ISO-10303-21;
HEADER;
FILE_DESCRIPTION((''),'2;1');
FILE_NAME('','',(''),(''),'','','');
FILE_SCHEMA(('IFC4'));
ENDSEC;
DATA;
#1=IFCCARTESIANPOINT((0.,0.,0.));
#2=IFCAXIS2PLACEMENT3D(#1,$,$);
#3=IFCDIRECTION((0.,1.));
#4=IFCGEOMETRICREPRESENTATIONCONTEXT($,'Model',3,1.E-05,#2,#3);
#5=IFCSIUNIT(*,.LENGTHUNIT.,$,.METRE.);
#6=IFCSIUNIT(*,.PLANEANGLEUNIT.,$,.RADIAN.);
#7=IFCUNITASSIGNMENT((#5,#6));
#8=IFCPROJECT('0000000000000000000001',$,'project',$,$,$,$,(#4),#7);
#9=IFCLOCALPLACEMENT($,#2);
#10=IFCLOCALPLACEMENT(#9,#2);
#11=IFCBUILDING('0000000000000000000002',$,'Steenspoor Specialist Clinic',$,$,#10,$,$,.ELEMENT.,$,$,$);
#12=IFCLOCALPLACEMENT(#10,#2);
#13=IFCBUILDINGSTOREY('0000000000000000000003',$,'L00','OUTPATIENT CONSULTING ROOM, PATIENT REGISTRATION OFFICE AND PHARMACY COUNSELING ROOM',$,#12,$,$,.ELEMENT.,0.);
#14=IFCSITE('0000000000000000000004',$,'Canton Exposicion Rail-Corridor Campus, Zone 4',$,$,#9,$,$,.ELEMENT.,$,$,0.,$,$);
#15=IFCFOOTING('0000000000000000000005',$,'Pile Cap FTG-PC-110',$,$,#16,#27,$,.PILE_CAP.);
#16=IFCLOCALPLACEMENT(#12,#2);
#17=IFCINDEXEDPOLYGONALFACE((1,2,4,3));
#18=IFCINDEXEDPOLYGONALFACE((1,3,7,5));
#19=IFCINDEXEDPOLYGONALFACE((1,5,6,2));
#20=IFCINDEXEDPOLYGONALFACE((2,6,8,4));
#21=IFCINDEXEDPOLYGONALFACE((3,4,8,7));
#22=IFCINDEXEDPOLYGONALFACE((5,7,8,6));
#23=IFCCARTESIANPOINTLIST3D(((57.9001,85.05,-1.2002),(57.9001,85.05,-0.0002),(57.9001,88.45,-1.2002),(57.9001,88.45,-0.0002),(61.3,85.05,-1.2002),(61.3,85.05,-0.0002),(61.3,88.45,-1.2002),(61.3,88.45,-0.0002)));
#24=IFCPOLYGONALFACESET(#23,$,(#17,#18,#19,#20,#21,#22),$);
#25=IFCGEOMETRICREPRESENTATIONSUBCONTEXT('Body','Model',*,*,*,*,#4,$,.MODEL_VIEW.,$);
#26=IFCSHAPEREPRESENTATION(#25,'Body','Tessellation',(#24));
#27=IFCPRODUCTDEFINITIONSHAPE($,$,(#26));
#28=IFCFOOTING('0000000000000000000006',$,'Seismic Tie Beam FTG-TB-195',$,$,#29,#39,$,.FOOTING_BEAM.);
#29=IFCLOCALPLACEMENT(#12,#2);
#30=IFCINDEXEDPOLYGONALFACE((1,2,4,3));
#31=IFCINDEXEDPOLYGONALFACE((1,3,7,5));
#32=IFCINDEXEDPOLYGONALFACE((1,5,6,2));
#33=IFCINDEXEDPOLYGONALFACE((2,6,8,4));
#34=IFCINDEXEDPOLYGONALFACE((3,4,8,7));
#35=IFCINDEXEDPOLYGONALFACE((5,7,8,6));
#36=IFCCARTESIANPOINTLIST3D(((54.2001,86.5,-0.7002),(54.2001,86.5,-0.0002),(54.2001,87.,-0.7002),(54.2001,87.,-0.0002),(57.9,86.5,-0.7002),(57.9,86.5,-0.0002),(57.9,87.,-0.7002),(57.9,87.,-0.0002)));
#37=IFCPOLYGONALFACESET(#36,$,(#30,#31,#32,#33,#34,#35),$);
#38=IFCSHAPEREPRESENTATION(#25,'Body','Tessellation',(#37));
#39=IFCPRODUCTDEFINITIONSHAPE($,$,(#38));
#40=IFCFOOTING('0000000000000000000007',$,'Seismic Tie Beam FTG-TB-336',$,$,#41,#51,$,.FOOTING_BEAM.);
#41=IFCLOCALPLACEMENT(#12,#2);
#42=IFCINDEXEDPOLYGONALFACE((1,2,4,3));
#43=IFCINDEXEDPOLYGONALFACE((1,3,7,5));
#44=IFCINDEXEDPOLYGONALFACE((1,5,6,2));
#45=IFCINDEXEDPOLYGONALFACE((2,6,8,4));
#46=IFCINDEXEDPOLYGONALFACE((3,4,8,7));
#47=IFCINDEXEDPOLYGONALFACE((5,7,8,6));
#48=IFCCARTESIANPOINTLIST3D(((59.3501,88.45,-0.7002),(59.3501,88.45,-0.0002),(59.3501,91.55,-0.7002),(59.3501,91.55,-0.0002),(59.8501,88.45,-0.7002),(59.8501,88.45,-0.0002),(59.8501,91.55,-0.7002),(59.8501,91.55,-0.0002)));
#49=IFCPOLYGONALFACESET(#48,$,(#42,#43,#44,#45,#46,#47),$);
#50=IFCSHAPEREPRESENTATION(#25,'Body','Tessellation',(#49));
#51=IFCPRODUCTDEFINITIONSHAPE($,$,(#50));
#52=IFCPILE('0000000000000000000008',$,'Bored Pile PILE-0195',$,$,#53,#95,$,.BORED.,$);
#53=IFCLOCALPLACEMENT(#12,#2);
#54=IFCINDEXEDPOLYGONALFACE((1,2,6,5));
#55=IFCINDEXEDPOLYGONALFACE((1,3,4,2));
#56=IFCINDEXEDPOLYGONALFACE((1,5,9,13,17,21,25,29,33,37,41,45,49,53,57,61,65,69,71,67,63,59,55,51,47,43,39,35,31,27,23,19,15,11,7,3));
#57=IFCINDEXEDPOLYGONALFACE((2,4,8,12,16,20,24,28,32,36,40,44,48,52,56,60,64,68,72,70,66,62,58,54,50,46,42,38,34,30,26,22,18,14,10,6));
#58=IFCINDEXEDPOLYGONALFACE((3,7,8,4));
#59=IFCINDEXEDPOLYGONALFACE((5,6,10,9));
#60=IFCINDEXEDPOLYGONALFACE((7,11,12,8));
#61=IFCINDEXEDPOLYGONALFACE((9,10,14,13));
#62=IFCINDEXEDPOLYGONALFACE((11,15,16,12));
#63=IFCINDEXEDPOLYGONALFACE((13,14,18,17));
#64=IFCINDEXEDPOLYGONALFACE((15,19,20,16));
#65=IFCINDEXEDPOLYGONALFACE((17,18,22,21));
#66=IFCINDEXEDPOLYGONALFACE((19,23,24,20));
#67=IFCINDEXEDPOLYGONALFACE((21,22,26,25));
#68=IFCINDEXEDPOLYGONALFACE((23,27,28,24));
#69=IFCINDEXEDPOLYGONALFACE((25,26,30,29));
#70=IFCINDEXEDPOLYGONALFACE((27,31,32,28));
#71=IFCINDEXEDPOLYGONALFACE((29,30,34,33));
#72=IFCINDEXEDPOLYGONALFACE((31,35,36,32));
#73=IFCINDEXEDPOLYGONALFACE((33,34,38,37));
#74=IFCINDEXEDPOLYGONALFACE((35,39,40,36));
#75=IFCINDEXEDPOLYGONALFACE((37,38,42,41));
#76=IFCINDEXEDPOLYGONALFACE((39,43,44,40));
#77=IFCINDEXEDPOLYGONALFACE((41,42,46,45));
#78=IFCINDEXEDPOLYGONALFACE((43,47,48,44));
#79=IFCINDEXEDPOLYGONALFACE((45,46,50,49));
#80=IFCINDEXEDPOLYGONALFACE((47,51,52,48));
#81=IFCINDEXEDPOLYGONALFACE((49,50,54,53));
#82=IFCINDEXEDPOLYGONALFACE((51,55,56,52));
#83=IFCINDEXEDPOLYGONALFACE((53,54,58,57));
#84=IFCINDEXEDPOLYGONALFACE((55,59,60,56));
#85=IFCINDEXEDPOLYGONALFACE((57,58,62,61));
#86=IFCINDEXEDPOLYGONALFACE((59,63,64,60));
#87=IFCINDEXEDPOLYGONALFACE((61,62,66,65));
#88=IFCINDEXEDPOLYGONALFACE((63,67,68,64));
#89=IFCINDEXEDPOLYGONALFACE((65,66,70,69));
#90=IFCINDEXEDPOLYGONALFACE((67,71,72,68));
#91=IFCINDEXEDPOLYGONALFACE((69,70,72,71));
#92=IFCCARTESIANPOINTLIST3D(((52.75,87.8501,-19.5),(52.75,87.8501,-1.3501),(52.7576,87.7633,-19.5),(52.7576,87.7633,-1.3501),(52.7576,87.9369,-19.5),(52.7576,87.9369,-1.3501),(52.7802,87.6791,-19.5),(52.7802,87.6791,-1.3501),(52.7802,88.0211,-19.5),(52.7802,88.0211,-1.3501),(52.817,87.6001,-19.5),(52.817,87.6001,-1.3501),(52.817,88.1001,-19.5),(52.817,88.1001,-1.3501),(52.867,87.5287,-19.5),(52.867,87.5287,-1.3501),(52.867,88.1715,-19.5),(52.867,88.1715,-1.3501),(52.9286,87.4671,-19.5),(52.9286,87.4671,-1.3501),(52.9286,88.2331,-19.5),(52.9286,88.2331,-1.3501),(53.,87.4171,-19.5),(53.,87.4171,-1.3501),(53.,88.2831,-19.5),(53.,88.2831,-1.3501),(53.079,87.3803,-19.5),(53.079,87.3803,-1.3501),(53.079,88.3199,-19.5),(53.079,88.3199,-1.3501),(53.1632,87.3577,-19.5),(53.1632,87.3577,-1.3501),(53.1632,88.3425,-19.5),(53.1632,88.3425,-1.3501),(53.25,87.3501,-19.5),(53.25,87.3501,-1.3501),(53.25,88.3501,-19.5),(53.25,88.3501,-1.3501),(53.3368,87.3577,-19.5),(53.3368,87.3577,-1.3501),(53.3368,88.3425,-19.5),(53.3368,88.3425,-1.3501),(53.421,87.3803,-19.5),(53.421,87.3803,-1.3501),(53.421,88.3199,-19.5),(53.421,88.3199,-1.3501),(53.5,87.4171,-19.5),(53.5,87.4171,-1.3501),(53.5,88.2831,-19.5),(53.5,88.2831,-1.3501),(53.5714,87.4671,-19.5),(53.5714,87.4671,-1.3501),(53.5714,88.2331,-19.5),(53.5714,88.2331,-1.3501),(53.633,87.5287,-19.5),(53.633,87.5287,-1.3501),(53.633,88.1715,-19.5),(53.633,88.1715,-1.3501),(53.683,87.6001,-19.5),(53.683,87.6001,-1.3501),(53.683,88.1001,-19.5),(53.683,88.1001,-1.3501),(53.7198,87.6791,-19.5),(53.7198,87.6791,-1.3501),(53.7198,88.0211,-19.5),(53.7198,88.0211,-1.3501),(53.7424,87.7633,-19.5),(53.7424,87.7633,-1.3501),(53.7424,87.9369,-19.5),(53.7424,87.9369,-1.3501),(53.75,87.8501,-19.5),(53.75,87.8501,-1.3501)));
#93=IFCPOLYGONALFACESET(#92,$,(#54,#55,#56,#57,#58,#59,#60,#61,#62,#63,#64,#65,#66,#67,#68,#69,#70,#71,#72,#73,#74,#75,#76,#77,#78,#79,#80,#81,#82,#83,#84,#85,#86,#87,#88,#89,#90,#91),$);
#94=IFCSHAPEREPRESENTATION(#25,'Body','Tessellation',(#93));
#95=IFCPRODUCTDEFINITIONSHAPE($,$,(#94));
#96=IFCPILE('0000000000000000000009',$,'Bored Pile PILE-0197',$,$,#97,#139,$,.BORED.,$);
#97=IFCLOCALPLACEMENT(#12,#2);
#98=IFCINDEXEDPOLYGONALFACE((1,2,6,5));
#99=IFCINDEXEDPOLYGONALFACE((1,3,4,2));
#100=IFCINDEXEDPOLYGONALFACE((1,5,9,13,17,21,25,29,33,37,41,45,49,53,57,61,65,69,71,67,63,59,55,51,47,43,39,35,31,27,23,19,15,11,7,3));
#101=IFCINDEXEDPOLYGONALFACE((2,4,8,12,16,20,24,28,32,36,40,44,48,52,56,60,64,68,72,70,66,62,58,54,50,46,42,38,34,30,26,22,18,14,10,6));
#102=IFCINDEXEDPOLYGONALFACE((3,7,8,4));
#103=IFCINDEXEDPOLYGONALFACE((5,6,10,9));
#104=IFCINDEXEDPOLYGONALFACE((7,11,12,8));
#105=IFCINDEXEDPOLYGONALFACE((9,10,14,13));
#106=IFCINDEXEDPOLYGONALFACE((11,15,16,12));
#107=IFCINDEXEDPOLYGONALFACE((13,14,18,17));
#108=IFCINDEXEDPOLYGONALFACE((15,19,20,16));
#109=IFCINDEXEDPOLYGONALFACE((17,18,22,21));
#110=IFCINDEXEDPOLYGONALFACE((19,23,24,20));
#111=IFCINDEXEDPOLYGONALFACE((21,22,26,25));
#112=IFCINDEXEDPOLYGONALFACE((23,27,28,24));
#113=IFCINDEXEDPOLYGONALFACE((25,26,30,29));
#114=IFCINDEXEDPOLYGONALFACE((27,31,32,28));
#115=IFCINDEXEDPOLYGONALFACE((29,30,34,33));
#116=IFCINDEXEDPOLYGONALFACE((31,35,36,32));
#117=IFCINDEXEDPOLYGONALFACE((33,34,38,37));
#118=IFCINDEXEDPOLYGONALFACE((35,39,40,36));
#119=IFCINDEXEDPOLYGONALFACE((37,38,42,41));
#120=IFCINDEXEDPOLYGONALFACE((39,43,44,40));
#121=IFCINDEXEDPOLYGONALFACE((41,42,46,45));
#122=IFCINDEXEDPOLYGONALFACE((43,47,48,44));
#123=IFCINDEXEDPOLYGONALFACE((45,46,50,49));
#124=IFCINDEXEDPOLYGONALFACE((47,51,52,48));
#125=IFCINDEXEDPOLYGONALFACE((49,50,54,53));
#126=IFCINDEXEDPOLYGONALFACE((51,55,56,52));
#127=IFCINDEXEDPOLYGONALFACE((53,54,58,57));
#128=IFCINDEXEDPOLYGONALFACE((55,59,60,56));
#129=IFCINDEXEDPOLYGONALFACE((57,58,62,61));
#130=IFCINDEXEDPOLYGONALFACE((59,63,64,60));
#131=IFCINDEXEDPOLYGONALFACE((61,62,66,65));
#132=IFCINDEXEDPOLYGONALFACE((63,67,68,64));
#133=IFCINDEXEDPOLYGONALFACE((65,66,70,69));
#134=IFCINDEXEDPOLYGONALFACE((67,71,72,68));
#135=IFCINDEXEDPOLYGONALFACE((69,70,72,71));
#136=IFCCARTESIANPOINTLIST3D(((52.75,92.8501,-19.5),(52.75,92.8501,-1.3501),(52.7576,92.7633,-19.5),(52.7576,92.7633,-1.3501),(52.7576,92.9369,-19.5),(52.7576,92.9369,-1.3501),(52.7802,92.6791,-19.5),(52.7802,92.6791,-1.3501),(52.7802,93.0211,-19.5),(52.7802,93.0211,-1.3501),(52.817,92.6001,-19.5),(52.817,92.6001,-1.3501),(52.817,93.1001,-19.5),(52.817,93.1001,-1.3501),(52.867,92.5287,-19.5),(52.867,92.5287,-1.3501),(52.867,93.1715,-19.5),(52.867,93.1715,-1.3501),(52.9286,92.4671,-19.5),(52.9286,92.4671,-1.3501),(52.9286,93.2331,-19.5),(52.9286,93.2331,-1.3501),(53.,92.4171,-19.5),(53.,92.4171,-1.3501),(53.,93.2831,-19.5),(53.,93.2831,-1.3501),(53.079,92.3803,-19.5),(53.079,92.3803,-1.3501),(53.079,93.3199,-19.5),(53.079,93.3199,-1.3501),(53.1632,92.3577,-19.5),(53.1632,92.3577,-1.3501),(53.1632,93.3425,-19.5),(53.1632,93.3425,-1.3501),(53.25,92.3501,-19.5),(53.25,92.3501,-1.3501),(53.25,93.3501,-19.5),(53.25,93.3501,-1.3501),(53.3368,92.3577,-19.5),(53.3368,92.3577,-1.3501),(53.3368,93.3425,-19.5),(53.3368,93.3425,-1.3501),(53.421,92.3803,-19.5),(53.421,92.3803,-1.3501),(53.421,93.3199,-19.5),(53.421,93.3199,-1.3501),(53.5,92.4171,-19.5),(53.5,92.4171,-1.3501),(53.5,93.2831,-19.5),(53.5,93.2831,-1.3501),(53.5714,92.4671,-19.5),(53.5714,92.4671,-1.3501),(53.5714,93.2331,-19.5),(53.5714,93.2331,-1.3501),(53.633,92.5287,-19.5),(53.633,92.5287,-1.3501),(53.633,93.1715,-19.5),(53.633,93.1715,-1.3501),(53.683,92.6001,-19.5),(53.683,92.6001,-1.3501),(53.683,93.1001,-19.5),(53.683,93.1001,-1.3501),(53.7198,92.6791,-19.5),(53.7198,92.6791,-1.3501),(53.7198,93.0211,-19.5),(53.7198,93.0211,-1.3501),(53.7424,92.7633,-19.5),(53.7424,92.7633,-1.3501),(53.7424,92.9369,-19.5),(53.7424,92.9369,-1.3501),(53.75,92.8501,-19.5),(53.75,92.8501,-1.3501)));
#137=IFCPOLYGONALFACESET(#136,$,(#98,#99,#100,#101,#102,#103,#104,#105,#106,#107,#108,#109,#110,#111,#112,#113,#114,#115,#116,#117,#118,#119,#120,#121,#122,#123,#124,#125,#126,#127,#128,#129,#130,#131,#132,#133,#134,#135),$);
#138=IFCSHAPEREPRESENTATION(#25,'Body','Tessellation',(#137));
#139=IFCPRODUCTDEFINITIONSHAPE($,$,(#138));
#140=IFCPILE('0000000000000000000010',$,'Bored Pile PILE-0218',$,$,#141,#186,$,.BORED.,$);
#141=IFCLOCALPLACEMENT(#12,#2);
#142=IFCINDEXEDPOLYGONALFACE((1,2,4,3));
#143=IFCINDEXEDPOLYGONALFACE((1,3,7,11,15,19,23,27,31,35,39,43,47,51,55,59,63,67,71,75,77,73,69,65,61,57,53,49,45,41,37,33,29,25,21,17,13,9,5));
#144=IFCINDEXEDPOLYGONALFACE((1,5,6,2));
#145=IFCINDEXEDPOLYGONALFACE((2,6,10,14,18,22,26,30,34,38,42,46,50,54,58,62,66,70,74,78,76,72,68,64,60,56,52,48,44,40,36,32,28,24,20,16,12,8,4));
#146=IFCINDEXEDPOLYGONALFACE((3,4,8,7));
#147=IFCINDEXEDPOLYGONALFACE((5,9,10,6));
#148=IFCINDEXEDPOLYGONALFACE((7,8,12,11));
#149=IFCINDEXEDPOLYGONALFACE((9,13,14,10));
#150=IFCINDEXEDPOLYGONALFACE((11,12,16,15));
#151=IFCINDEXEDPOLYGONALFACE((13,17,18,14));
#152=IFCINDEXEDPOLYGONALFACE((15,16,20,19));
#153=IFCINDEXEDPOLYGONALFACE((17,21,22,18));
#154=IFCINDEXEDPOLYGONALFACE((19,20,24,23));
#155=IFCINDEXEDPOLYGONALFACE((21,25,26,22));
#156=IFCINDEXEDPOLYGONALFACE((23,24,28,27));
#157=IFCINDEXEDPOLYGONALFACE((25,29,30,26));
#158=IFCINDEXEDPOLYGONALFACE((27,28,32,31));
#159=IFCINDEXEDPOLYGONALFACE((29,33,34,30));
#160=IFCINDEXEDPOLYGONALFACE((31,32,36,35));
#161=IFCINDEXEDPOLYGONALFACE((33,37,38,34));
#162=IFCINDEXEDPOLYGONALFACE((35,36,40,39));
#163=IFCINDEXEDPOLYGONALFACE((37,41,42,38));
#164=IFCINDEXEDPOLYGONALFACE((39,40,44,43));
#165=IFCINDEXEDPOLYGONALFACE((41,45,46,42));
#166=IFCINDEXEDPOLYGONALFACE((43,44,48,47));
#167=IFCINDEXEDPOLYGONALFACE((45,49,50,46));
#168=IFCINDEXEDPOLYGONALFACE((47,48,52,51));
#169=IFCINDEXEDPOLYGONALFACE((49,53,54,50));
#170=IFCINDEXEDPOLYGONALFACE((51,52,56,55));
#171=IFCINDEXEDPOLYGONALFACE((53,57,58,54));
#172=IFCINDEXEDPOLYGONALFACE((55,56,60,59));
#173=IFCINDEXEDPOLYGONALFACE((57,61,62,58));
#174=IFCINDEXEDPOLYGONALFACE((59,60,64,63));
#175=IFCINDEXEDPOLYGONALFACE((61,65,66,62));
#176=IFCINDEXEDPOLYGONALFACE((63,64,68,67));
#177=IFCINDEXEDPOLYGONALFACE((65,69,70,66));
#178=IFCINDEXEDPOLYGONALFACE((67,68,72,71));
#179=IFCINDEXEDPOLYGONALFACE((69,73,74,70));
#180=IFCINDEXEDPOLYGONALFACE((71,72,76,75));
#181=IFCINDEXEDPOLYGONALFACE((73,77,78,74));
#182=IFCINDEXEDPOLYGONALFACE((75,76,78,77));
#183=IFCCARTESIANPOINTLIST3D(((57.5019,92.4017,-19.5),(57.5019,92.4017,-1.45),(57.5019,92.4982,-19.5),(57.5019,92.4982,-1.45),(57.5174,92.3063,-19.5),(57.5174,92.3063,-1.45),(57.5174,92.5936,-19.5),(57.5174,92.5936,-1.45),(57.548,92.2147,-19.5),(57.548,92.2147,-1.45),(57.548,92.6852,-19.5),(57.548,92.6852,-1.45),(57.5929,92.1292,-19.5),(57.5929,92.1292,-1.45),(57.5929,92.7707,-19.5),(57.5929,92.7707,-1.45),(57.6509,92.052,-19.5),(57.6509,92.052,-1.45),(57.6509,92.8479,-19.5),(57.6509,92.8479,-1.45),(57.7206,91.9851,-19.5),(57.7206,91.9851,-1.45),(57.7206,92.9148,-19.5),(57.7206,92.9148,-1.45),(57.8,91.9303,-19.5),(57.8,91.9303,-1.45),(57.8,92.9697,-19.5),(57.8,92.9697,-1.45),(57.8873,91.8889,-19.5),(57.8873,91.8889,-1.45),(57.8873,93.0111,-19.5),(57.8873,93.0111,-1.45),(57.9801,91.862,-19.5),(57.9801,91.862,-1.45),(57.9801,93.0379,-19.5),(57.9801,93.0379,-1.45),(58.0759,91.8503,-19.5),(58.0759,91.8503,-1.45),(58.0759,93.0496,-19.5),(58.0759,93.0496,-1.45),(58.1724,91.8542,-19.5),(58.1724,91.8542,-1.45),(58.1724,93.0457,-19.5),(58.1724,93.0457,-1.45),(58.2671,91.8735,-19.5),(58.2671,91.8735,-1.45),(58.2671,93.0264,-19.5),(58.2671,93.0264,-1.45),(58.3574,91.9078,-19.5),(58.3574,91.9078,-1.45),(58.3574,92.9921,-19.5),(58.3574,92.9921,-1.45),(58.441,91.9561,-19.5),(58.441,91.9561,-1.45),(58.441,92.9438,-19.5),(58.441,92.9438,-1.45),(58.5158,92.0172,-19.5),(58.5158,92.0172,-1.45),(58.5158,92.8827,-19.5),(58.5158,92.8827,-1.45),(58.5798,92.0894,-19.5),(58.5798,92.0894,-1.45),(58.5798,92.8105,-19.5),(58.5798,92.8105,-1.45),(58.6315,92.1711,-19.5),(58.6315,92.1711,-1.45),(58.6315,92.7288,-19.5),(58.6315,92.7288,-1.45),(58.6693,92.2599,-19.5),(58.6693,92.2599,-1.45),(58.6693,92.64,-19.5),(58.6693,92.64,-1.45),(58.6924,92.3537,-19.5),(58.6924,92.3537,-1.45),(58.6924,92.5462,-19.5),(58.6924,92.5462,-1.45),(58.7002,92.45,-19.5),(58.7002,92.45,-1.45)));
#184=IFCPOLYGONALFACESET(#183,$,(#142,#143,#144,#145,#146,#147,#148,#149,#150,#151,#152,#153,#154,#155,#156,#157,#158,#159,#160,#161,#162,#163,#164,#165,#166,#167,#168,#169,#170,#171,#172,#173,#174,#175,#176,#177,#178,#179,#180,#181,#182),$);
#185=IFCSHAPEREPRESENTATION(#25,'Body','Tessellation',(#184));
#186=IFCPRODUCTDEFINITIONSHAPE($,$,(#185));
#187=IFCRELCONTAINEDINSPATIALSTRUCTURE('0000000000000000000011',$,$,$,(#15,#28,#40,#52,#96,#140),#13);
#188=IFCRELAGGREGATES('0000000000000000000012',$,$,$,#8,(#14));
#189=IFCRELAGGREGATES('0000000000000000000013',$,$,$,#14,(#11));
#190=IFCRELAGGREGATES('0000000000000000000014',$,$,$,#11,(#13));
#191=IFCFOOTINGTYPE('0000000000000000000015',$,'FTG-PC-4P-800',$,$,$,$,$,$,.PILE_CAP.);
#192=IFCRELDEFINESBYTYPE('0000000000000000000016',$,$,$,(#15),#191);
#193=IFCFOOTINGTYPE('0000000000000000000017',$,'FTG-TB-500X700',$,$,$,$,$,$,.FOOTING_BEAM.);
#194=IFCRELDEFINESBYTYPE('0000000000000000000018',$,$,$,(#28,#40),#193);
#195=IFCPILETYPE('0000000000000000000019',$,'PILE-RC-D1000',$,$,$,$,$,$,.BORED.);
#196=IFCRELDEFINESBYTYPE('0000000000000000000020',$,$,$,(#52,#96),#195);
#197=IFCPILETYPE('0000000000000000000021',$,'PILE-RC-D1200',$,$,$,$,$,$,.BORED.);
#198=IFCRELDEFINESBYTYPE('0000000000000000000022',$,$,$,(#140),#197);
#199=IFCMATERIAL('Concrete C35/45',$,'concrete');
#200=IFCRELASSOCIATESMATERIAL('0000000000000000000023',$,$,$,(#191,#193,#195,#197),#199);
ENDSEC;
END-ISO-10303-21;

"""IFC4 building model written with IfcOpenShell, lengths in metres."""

from ifc_helpers import new_model, si_unit, direction, frame, origin, origin_2d, place, context, subcontext, project, spatial, rectangle, circle, extrude, material, material_profile, profile_set, type_object, element, save


model = new_model("IFC4")

# Units and contexts
model_context = context("Model", 3, precision=1e-05, world=origin(), true_north=direction((0.0, 1.0)))
body_context = subcontext(model_context, "Body", "Model", "MODEL_VIEW")
ifc_project = project(units=[si_unit("LENGTHUNIT", "METRE"), si_unit("PLANEANGLEUNIT", "RADIAN")], contexts=[model_context])

# Site, building, storey
site_placement = place(None, origin())
site = spatial("IfcSite", under=ifc_project, at=site_placement, Name="Canton Exposicion Rail-Corridor Campus, Zone 4", CompositionType="ELEMENT", RefElevation=0.0)
building_placement = place(site_placement, origin())
building = spatial("IfcBuilding", under=site, at=building_placement, Name="Steenspoor Specialist Clinic", CompositionType="ELEMENT")
storey_placement = place(building_placement, origin())
storey = spatial("IfcBuildingStorey", under=building, at=storey_placement, Name="L00", Description="OUTPATIENT CONSULTING ROOM, PATIENT REGISTRATION OFFICE AND PHARMACY COUNSELING ROOM", CompositionType="ELEMENT", Elevation=0.0)

# Footings
ifc_material_1 = material(Name="Concrete C35/45", Category="concrete")
footing_type_1 = type_object("IfcFootingType", Name="FTG-PC-4P-800", PredefinedType="PILE_CAP", material=ifc_material_1)
footing_1_placement = place(storey_placement, frame((59.6001, 86.75, -1.2002), z_axis=(0.0, 0.0, 1.0), x_axis=(1.0, 0.0, 0.0)))
element("IfcFooting", 1, at=footing_1_placement, inside=storey, type_object=footing_type_1, Name="Pile Cap FTG-PC-110", PredefinedType="PILE_CAP", context=body_context, shape_type="SweptSolid", body=[
    extrude(rectangle(XDim=3.3999, YDim=3.3999, at=origin_2d()), origin(), (0.0, 0.0, 1.0), 1.2),
])
footing_type_2 = type_object("IfcFootingType", Name="FTG-TB-500X700", PredefinedType="FOOTING_BEAM", material=ifc_material_1)
footing_2_placement = place(storey_placement, frame((56.05, 86.75, -0.7002), z_axis=(0.0, 0.0, 1.0), x_axis=(1.0, 0.0, 0.0)))
element("IfcFooting", 2, at=footing_2_placement, inside=storey, type_object=footing_type_2, Name="Seismic Tie Beam FTG-TB-195", PredefinedType="FOOTING_BEAM", context=body_context, shape_type="SweptSolid", body=[
    extrude(rectangle(XDim=3.7, YDim=0.5, at=origin_2d()), origin(), (0.0, 0.0, 1.0), 0.7),
])
footing_3_placement = place(storey_placement, frame((59.6001, 90.0, -0.7002), z_axis=(0.0, 0.0, 1.0), x_axis=(1.0, 0.0, 0.0)))
element("IfcFooting", 3, at=footing_3_placement, inside=storey, type_object=footing_type_2, Name="Seismic Tie Beam FTG-TB-336", PredefinedType="FOOTING_BEAM", context=body_context, shape_type="SweptSolid", body=[
    extrude(rectangle(XDim=0.5, YDim=3.1001, at=origin_2d()), origin(), (0.0, 0.0, 1.0), 0.7),
])

# Piles
ifc_material_profile_1 = material_profile(ifc_material_1, circle(Radius=0.5, at=origin_2d()), Name="PILE-D1000")
ifc_profile_set_1 = profile_set([ifc_material_profile_1], Name="Concrete C35/45")
pile_type_1 = type_object("IfcPileType", Name="PILE-RC-D1000", PredefinedType="BORED", material=ifc_profile_set_1)
for number, where, z_axis, x_axis, name in (
    (4, (53.25, 87.8501, -1.3501), (0.0, 0.0, -1.0), (1.0, 0.0, 0.0), "Bored Pile PILE-0195"),
    (5, (53.25, 92.8501, -1.3501), (0.0, 0.0, -1.0), (1.0, 0.0, 0.0), "Bored Pile PILE-0197"),
):
    element("IfcPile", number, at=place(storey_placement, frame(where, z_axis=z_axis, x_axis=x_axis)), inside=storey, type_object=pile_type_1, Name=name, PredefinedType="BORED", context=body_context, shape_type="SweptSolid", body=[
        extrude(circle(Radius=0.5, at=origin_2d()), origin(), (0.0, 0.0, 1.0), 18.1499),
    ])
ifc_material_profile_2 = material_profile(ifc_material_1, circle(Radius=0.6001, at=origin_2d()), Name="PILE-D1200")
ifc_profile_set_2 = profile_set([ifc_material_profile_2], Name="Concrete C35/45")
pile_type_2 = type_object("IfcPileType", Name="PILE-RC-D1200", PredefinedType="BORED", material=ifc_profile_set_2)
pile_placement = place(storey_placement, frame((58.1001, 92.45, -1.45), z_axis=(0.0, 0.0, -1.0), x_axis=(1.0, 0.0, 0.0)))
element("IfcPile", 6, at=pile_placement, inside=storey, type_object=pile_type_2, Name="Bored Pile PILE-0218", PredefinedType="BORED", context=body_context, shape_type="SweptSolid", body=[
    extrude(circle(Radius=0.6001, at=origin_2d()), origin(), (0.0, 0.0, 1.0), 18.05),
])

save(model, "model.ifc")
